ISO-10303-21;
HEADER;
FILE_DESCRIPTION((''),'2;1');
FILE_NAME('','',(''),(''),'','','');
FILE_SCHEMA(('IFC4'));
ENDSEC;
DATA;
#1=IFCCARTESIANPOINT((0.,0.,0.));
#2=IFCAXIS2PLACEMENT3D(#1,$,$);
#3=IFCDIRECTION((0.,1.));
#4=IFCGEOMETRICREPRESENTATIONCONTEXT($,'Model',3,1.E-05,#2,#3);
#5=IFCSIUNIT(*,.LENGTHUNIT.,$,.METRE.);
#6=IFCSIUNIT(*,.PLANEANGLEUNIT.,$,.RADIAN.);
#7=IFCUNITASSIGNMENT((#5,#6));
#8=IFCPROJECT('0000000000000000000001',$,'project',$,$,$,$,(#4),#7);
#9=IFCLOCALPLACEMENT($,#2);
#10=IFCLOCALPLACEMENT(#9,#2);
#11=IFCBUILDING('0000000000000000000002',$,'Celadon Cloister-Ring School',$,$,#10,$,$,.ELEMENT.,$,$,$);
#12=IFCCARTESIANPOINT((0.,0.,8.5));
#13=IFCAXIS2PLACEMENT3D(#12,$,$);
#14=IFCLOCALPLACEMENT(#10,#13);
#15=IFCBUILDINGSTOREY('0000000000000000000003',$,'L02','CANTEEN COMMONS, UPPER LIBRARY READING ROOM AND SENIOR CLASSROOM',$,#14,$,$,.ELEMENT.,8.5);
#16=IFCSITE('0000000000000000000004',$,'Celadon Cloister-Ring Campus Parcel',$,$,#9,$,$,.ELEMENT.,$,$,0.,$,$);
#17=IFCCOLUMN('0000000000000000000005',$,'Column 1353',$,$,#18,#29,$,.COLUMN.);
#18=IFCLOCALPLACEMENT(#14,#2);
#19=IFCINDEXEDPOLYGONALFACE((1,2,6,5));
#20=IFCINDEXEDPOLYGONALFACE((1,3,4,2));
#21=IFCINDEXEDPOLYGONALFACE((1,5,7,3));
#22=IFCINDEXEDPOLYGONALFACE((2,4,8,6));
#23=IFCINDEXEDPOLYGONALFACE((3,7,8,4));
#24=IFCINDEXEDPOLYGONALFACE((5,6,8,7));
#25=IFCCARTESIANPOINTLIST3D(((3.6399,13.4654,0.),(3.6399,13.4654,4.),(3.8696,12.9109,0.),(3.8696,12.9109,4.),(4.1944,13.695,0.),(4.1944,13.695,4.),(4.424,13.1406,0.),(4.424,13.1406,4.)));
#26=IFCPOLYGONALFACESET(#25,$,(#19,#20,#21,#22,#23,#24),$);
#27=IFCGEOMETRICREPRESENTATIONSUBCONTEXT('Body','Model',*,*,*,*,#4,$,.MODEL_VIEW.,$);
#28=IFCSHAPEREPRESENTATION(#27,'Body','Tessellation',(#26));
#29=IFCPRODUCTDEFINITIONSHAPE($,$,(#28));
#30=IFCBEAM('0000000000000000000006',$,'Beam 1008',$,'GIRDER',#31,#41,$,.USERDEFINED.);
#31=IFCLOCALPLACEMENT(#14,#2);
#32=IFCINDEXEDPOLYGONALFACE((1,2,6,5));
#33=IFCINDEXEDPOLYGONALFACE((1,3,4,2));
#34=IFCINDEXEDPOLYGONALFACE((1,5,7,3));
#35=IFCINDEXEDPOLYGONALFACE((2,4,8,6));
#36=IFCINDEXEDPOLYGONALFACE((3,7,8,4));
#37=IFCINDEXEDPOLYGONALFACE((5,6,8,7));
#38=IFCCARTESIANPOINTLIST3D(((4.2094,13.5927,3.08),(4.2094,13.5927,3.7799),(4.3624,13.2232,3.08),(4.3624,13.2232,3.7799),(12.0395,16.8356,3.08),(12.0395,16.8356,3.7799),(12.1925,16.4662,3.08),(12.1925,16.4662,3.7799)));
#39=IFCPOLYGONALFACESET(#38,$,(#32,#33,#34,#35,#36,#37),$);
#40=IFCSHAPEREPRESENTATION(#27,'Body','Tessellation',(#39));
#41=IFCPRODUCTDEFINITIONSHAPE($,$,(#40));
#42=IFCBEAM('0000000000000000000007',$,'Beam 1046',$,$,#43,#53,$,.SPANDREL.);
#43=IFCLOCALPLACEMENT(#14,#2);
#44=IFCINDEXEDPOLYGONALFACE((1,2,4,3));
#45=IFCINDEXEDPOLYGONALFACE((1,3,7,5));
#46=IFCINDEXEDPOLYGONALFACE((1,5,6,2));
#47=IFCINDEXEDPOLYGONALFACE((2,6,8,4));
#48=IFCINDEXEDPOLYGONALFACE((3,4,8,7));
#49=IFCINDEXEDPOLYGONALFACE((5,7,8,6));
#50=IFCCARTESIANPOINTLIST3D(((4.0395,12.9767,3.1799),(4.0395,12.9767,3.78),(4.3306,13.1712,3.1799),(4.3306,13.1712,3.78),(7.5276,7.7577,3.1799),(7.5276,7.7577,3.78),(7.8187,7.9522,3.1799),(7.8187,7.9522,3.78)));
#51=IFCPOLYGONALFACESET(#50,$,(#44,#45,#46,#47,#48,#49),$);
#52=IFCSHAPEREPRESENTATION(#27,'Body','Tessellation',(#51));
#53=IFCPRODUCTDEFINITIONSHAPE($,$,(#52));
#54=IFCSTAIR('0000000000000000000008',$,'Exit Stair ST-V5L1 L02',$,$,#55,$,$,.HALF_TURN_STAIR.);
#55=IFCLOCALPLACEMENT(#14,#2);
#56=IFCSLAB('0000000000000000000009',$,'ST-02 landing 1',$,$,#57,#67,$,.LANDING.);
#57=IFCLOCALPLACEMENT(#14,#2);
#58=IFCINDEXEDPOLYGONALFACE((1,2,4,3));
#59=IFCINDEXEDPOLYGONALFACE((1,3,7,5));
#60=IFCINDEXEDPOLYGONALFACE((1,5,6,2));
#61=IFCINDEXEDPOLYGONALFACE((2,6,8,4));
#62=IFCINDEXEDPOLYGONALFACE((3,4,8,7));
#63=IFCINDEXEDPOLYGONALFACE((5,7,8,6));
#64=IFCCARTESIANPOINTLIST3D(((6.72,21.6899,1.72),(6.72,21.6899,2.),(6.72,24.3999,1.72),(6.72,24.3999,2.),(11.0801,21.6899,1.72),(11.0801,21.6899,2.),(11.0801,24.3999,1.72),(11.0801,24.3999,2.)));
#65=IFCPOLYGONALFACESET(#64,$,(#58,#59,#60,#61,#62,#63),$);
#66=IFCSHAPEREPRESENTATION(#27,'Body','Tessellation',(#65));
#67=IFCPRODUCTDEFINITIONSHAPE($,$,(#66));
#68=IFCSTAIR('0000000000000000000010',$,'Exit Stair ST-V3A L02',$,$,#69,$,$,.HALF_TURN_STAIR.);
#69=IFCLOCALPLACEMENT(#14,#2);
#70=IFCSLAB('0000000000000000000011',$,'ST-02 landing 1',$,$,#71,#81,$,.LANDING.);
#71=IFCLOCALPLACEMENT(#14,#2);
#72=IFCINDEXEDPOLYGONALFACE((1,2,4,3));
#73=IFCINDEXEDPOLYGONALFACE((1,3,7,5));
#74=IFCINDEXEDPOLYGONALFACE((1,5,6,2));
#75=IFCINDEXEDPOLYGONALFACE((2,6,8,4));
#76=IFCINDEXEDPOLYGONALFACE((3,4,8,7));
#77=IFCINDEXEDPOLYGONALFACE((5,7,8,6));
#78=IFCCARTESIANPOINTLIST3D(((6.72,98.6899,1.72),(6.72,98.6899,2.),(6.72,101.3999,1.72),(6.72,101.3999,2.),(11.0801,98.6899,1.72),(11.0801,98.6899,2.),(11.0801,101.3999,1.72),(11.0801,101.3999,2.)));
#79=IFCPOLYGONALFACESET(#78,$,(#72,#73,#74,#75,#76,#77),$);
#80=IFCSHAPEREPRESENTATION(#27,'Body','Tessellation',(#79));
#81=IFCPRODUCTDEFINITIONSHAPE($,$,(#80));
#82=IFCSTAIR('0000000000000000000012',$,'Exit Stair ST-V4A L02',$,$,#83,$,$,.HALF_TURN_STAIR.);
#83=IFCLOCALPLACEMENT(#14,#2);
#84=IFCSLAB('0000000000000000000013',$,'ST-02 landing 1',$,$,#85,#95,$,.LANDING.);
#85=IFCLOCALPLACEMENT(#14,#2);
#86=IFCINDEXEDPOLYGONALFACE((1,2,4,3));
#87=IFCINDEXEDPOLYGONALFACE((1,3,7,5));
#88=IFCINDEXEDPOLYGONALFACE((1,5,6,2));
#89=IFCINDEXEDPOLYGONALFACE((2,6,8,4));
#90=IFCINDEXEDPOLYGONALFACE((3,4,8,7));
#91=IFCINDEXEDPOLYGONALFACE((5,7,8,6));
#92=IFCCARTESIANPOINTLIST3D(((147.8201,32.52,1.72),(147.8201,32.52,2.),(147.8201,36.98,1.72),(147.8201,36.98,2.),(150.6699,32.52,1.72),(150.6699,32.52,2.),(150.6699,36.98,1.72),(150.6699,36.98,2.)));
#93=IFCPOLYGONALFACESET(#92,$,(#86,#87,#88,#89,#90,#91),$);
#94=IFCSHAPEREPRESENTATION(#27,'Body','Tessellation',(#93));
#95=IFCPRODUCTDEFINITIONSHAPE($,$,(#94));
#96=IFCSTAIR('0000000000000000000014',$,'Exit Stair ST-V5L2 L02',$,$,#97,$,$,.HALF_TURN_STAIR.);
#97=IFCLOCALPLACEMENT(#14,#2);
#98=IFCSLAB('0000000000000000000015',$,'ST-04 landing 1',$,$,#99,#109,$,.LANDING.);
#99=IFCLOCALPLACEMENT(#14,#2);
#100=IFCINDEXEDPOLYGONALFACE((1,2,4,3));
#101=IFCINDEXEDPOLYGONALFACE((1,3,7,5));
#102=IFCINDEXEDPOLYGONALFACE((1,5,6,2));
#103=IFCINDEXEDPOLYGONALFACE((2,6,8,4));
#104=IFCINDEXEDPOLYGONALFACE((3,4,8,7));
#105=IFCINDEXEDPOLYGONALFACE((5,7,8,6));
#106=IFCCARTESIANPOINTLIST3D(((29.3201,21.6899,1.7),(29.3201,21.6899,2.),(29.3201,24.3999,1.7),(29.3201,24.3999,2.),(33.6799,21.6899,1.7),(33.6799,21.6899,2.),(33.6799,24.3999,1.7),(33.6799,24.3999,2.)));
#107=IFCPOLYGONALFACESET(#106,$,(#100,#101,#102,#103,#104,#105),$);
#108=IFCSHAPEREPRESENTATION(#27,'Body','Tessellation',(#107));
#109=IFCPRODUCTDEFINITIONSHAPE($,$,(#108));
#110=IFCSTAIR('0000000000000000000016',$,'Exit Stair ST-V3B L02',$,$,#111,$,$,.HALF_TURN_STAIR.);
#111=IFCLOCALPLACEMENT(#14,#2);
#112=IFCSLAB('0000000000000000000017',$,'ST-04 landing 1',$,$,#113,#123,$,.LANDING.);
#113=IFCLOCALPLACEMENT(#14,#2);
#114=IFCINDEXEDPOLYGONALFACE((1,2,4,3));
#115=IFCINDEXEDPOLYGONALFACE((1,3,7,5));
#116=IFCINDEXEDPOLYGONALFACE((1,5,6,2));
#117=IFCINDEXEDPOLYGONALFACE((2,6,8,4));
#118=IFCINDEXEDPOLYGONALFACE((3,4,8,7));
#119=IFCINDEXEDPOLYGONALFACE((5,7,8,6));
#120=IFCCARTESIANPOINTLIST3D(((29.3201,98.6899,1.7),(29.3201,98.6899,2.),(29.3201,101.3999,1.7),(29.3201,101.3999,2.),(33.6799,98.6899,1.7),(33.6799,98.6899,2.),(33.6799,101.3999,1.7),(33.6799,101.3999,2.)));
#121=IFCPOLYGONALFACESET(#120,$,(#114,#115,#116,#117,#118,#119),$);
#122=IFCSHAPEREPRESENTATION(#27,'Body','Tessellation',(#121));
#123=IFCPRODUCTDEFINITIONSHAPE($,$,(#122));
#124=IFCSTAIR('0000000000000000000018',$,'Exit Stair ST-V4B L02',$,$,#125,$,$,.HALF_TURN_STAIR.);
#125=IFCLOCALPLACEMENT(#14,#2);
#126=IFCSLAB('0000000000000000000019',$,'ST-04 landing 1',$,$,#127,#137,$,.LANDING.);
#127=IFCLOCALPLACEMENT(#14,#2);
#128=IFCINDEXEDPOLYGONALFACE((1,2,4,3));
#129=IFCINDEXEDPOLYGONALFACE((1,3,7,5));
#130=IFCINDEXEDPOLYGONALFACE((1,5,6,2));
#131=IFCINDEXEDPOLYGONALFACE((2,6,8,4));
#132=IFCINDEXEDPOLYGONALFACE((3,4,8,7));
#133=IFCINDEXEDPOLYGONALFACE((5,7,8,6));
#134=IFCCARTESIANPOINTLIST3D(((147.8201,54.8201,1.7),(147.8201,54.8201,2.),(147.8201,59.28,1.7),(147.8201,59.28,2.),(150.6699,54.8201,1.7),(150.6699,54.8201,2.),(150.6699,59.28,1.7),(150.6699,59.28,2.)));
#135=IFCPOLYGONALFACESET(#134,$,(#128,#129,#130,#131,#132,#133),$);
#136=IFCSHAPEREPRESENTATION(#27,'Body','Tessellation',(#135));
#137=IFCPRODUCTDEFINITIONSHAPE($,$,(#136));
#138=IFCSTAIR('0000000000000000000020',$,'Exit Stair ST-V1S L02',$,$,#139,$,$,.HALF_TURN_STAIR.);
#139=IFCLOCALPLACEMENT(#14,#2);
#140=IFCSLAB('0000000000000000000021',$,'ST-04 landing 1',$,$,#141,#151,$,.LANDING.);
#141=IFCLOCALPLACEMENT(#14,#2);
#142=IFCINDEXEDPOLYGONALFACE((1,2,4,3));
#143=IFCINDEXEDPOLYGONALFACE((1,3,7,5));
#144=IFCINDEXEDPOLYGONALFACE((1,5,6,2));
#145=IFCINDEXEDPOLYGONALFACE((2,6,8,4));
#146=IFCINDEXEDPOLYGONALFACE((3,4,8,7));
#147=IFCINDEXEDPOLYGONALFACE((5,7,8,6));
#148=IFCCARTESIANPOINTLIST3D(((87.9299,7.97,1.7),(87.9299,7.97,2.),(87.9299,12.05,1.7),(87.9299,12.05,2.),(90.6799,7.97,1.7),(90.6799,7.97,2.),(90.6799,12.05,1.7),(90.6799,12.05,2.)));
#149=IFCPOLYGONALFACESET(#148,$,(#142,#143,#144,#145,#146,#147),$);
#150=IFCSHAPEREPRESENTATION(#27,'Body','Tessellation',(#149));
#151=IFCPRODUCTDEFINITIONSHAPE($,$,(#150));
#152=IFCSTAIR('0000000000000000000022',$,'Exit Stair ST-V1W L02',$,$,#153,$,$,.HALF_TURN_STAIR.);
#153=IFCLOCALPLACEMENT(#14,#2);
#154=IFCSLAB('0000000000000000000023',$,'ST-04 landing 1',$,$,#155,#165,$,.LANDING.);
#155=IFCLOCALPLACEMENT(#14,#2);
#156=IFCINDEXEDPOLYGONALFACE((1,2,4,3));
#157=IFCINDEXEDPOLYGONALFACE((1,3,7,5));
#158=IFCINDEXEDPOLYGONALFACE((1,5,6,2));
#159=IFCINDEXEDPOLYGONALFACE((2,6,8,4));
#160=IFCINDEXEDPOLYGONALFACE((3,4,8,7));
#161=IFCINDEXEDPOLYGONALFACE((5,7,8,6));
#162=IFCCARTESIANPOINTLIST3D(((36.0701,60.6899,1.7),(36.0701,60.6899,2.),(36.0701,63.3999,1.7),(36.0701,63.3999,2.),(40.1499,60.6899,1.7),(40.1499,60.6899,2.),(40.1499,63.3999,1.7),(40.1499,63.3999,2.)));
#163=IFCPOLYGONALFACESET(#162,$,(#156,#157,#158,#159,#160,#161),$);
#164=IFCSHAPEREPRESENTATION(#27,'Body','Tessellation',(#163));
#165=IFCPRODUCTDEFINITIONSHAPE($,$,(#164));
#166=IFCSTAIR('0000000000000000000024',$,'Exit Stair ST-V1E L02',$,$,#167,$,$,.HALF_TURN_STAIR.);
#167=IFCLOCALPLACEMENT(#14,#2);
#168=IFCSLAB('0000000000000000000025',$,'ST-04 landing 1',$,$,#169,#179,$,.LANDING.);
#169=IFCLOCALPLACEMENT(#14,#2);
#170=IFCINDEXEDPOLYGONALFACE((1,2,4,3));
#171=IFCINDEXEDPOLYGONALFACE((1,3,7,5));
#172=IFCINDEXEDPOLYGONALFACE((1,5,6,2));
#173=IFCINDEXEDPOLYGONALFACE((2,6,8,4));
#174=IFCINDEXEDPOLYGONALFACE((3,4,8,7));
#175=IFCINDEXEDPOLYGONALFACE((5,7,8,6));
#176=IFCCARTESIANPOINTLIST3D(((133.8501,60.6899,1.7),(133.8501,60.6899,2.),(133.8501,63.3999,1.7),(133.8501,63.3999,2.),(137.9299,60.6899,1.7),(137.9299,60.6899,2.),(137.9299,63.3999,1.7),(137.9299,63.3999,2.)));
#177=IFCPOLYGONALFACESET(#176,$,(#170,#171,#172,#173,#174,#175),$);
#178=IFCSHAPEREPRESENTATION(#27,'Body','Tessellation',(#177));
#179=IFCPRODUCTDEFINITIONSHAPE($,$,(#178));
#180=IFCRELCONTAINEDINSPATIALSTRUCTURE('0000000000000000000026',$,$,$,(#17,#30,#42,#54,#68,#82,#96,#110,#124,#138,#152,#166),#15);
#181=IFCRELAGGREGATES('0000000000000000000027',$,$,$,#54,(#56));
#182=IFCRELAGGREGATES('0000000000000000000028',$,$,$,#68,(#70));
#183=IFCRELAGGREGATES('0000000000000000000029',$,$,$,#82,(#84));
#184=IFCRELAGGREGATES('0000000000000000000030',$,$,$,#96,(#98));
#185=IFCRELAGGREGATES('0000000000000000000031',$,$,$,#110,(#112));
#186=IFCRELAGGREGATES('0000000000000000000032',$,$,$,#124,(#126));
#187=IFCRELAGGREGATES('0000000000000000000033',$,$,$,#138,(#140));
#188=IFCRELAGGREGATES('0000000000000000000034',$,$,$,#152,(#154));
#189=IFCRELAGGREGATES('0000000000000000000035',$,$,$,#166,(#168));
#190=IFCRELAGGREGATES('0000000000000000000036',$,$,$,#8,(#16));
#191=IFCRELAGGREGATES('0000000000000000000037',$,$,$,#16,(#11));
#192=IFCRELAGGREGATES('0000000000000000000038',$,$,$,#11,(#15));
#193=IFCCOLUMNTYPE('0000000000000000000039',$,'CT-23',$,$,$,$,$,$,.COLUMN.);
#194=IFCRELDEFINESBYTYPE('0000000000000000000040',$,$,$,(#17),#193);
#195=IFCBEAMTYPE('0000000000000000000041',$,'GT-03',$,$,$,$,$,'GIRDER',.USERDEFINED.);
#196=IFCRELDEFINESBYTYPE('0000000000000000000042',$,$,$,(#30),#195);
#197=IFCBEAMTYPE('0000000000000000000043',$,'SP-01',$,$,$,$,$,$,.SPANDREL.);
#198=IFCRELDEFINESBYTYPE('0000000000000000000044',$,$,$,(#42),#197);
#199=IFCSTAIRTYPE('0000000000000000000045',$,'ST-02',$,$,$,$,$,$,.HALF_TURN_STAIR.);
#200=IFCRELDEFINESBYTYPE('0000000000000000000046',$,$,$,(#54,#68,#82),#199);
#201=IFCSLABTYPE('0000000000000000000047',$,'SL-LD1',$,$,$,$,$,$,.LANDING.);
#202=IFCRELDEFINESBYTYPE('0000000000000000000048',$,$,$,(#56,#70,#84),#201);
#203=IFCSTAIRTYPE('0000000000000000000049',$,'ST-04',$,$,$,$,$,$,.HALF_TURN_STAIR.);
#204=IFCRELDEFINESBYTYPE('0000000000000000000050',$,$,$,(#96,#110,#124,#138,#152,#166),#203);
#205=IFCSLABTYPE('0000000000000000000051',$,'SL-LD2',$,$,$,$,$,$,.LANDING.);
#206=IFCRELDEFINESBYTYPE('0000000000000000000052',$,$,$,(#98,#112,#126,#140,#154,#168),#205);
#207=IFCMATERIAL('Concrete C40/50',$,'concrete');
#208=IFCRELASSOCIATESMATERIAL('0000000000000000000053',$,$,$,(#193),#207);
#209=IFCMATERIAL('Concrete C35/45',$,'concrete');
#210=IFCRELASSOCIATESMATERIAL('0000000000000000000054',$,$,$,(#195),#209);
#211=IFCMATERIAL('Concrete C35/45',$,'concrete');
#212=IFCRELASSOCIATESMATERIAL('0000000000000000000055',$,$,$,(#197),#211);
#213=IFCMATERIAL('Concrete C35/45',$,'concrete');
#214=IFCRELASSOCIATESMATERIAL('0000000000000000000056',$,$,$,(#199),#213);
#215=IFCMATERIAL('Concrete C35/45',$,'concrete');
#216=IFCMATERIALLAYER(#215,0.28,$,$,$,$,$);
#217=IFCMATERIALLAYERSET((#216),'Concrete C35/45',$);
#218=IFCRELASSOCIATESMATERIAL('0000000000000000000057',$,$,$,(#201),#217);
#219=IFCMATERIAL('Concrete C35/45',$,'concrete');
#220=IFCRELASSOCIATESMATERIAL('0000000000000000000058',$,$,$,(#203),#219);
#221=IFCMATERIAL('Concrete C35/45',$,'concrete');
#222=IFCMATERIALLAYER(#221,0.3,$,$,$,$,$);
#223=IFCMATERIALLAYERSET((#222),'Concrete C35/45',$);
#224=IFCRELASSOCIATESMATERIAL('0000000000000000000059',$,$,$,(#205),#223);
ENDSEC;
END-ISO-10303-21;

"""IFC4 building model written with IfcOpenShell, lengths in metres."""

from ifc_helpers import new_model, si_unit, direction, frame, origin, origin_2d, place, context, subcontext, project, spatial, polyline, rectangle, outline, extrude, material, layer, layer_set, material_profile, profile_set, type_object, element, aggregate, save


model = new_model("IFC4")

# Units and contexts
model_context = context("Model", 3, precision=1e-05, world=origin(), true_north=direction((0.0, 1.0)))
body_context = subcontext(model_context, "Body", "Model", "MODEL_VIEW")
ifc_project = project(units=[si_unit("LENGTHUNIT", "METRE"), si_unit("PLANEANGLEUNIT", "RADIAN")], contexts=[model_context])

# Site, building, storey
site_placement = place(None, origin())
site = spatial("IfcSite", under=ifc_project, at=site_placement, Name="Celadon Cloister-Ring Campus Parcel", CompositionType="ELEMENT", RefElevation=0.0)
building_placement = place(site_placement, origin())
building = spatial("IfcBuilding", under=site, at=building_placement, Name="Celadon Cloister-Ring School", CompositionType="ELEMENT")
storey_placement = place(building_placement, frame((0.0, 0.0, 8.5)))
storey = spatial("IfcBuildingStorey", under=building, at=storey_placement, Name="L02", Description="CANTEEN COMMONS, UPPER LIBRARY READING ROOM AND SENIOR CLASSROOM", CompositionType="ELEMENT", Elevation=8.5)

# Column
ifc_material_1 = material(Name="Concrete C40/50", Category="concrete")
ifc_material_profile_1 = material_profile(ifc_material_1, rectangle(XDim=0.6001, YDim=0.6001, at=origin_2d()), Name="RC600X600")
ifc_profile_set_1 = profile_set([ifc_material_profile_1], Name="Concrete C40/50")
column_type = type_object("IfcColumnType", Name="CT-23", PredefinedType="COLUMN", material=ifc_profile_set_1)
column_placement = place(storey_placement, frame((4.032, 13.303, 0.0), z_axis=(0.0, 0.0, 1.0), x_axis=(-0.92388, -0.382683, 0.0)))
element("IfcColumn", 1, at=column_placement, inside=storey, type_object=column_type, Name="Column 1353", PredefinedType="COLUMN", context=body_context, shape_type="SweptSolid", body=[
    extrude(rectangle(XDim=0.6001, YDim=0.6001, at=origin_2d()), origin(), (0.0, 0.0, 1.0), 4.0),
])

# Beams
ifc_material_2 = material(Name="Concrete C35/45", Category="concrete")
ifc_material_profile_2 = material_profile(ifc_material_2, rectangle(XDim=0.3999, YDim=0.7, at=origin_2d()), Name="RC400X700")
ifc_profile_set_2 = profile_set([ifc_material_profile_2], Name="Concrete C35/45")
beam_type_1 = type_object("IfcBeamType", Name="GT-03", ElementType="GIRDER", PredefinedType="USERDEFINED", material=ifc_profile_set_2)
beam_1_placement = place(storey_placement, frame((4.2859, 13.408, 3.4299), z_axis=(0.923896, 0.382643, 0.0), x_axis=(-0.382643, 0.923896, 0.0)))
element("IfcBeam", 2, at=beam_1_placement, inside=storey, type_object=beam_type_1, Name="Beam 1008", ObjectType="GIRDER", PredefinedType="USERDEFINED", context=body_context, shape_type="SweptSolid", body=[
    extrude(rectangle(XDim=0.3999, YDim=0.7, at=origin_2d()), origin(), (0.0, 0.0, 1.0), 8.4751),
])
ifc_material_3 = material(Name="Concrete C35/45", Category="concrete")
ifc_material_profile_3 = material_profile(ifc_material_3, rectangle(XDim=0.3501, YDim=0.6001, at=origin_2d()), Name="RC350X600")
ifc_profile_set_3 = profile_set([ifc_material_profile_3], Name="Concrete C35/45")
beam_type_2 = type_object("IfcBeamType", Name="SP-01", PredefinedType="SPANDREL", material=ifc_profile_set_3)
beam_2_placement = place(storey_placement, frame((4.1851, 13.074, 3.48), z_axis=(0.55566, -0.83141, 0.0), x_axis=(0.83141, 0.55566, 0.0)))
element("IfcBeam", 3, at=beam_2_placement, inside=storey, type_object=beam_type_2, Name="Beam 1046", PredefinedType="SPANDREL", context=body_context, shape_type="SweptSolid", body=[
    extrude(rectangle(XDim=0.3501, YDim=0.6001, at=origin_2d()), origin(), (0.0, 0.0, 1.0), 6.2773),
])

# Stairs, slabs
ifc_material_4 = material(Name="Concrete C35/45", Category="concrete")
stair_type_1 = type_object("IfcStairType", Name="ST-02", PredefinedType="HALF_TURN_STAIR", material=ifc_material_4)
stair_1_placement = place(storey_placement, origin())
stair_1 = element("IfcStair", 4, at=stair_1_placement, inside=storey, type_object=stair_type_1, Name="Exit Stair ST-V5L1 L02", PredefinedType="HALF_TURN_STAIR")
ifc_material_5 = material(Name="Concrete C35/45", Category="concrete")
ifc_layer_1 = layer(ifc_material_5, 0.28)
ifc_layer_set_1 = layer_set([ifc_layer_1], Name="Concrete C35/45")
slab_type_1 = type_object("IfcSlabType", Name="SL-LD1", PredefinedType="LANDING", material=ifc_layer_set_1)
slab_1_placement = place(storey_placement, frame((0.0, 0.0, 1.72)))
slab_1 = element("IfcSlab", 5, at=slab_1_placement, type_object=slab_type_1, Name="ST-02 landing 1", PredefinedType="LANDING", context=body_context, shape_type="SweptSolid", body=[
    extrude(outline(polyline([(6.72, 21.6899), (11.0801, 21.6899), (11.0801, 24.3999), (6.72, 24.3999), (6.72, 21.6899)])), origin(), (0.0, 0.0, 1.0), 0.28),
])
aggregate(stair_1, [slab_1])
stair_2_placement = place(storey_placement, origin())
stair_2 = element("IfcStair", 6, at=stair_2_placement, inside=storey, type_object=stair_type_1, Name="Exit Stair ST-V3A L02", PredefinedType="HALF_TURN_STAIR")
slab_2_placement = place(storey_placement, frame((0.0, 0.0, 1.72)))
slab_2 = element("IfcSlab", 7, at=slab_2_placement, type_object=slab_type_1, Name="ST-02 landing 1", PredefinedType="LANDING", context=body_context, shape_type="SweptSolid", body=[
    extrude(outline(polyline([(6.72, 98.6899), (11.0801, 98.6899), (11.0801, 101.3999), (6.72, 101.3999), (6.72, 98.6899)])), origin(), (0.0, 0.0, 1.0), 0.28),
])
aggregate(stair_2, [slab_2])
stair_3_placement = place(storey_placement, origin())
stair_3 = element("IfcStair", 8, at=stair_3_placement, inside=storey, type_object=stair_type_1, Name="Exit Stair ST-V4A L02", PredefinedType="HALF_TURN_STAIR")
slab_3_placement = place(storey_placement, frame((0.0, 0.0, 1.72)))
slab_3 = element("IfcSlab", 9, at=slab_3_placement, type_object=slab_type_1, Name="ST-02 landing 1", PredefinedType="LANDING", context=body_context, shape_type="SweptSolid", body=[
    extrude(outline(polyline([(147.8201, 32.52), (150.6699, 32.52), (150.6699, 36.98), (147.8201, 36.98), (147.8201, 32.52)])), origin(), (0.0, 0.0, 1.0), 0.28),
])
aggregate(stair_3, [slab_3])
ifc_material_6 = material(Name="Concrete C35/45", Category="concrete")
stair_type_2 = type_object("IfcStairType", Name="ST-04", PredefinedType="HALF_TURN_STAIR", material=ifc_material_6)
stair_4_placement = place(storey_placement, origin())
stair_4 = element("IfcStair", 10, at=stair_4_placement, inside=storey, type_object=stair_type_2, Name="Exit Stair ST-V5L2 L02", PredefinedType="HALF_TURN_STAIR")
ifc_material_7 = material(Name="Concrete C35/45", Category="concrete")
ifc_layer_2 = layer(ifc_material_7, 0.3)
ifc_layer_set_2 = layer_set([ifc_layer_2], Name="Concrete C35/45")
slab_type_2 = type_object("IfcSlabType", Name="SL-LD2", PredefinedType="LANDING", material=ifc_layer_set_2)
slab_4_placement = place(storey_placement, frame((0.0, 0.0, 1.7)))
slab_4 = element("IfcSlab", 11, at=slab_4_placement, type_object=slab_type_2, Name="ST-04 landing 1", PredefinedType="LANDING", context=body_context, shape_type="SweptSolid", body=[
    extrude(outline(polyline([(29.3201, 21.6899), (33.6799, 21.6899), (33.6799, 24.3999), (29.3201, 24.3999), (29.3201, 21.6899)])), origin(), (0.0, 0.0, 1.0), 0.3),
])
aggregate(stair_4, [slab_4])
stair_5_placement = place(storey_placement, origin())
stair_5 = element("IfcStair", 12, at=stair_5_placement, inside=storey, type_object=stair_type_2, Name="Exit Stair ST-V3B L02", PredefinedType="HALF_TURN_STAIR")
slab_5_placement = place(storey_placement, frame((0.0, 0.0, 1.7)))
slab_5 = element("IfcSlab", 13, at=slab_5_placement, type_object=slab_type_2, Name="ST-04 landing 1", PredefinedType="LANDING", context=body_context, shape_type="SweptSolid", body=[
    extrude(outline(polyline([(29.3201, 98.6899), (33.6799, 98.6899), (33.6799, 101.3999), (29.3201, 101.3999), (29.3201, 98.6899)])), origin(), (0.0, 0.0, 1.0), 0.3),
])
aggregate(stair_5, [slab_5])
stair_6_placement = place(storey_placement, origin())
stair_6 = element("IfcStair", 14, at=stair_6_placement, inside=storey, type_object=stair_type_2, Name="Exit Stair ST-V4B L02", PredefinedType="HALF_TURN_STAIR")
slab_6_placement = place(storey_placement, frame((0.0, 0.0, 1.7)))
slab_6 = element("IfcSlab", 15, at=slab_6_placement, type_object=slab_type_2, Name="ST-04 landing 1", PredefinedType="LANDING", context=body_context, shape_type="SweptSolid", body=[
    extrude(outline(polyline([(147.8201, 54.8201), (150.6699, 54.8201), (150.6699, 59.28), (147.8201, 59.28), (147.8201, 54.8201)])), origin(), (0.0, 0.0, 1.0), 0.3),
])
aggregate(stair_6, [slab_6])
stair_7_placement = place(storey_placement, origin())
stair_7 = element("IfcStair", 16, at=stair_7_placement, inside=storey, type_object=stair_type_2, Name="Exit Stair ST-V1S L02", PredefinedType="HALF_TURN_STAIR")
slab_7_placement = place(storey_placement, frame((0.0, 0.0, 1.7)))
slab_7 = element("IfcSlab", 17, at=slab_7_placement, type_object=slab_type_2, Name="ST-04 landing 1", PredefinedType="LANDING", context=body_context, shape_type="SweptSolid", body=[
    extrude(outline(polyline([(87.9299, 7.97), (90.6799, 7.97), (90.6799, 12.05), (87.9299, 12.05), (87.9299, 7.97)])), origin(), (0.0, 0.0, 1.0), 0.3),
])
aggregate(stair_7, [slab_7])
stair_8_placement = place(storey_placement, origin())
stair_8 = element("IfcStair", 18, at=stair_8_placement, inside=storey, type_object=stair_type_2, Name="Exit Stair ST-V1W L02", PredefinedType="HALF_TURN_STAIR")
slab_8_placement = place(storey_placement, frame((0.0, 0.0, 1.7)))
slab_8 = element("IfcSlab", 19, at=slab_8_placement, type_object=slab_type_2, Name="ST-04 landing 1", PredefinedType="LANDING", context=body_context, shape_type="SweptSolid", body=[
    extrude(outline(polyline([(36.0701, 60.6899), (40.1499, 60.6899), (40.1499, 63.3999), (36.0701, 63.3999), (36.0701, 60.6899)])), origin(), (0.0, 0.0, 1.0), 0.3),
])
aggregate(stair_8, [slab_8])
stair_9_placement = place(storey_placement, origin())
stair_9 = element("IfcStair", 20, at=stair_9_placement, inside=storey, type_object=stair_type_2, Name="Exit Stair ST-V1E L02", PredefinedType="HALF_TURN_STAIR")
slab_9_placement = place(storey_placement, frame((0.0, 0.0, 1.7)))
slab_9 = element("IfcSlab", 21, at=slab_9_placement, type_object=slab_type_2, Name="ST-04 landing 1", PredefinedType="LANDING", context=body_context, shape_type="SweptSolid", body=[
    extrude(outline(polyline([(133.8501, 60.6899), (137.9299, 60.6899), (137.9299, 63.3999), (133.8501, 63.3999), (133.8501, 60.6899)])), origin(), (0.0, 0.0, 1.0), 0.3),
])
aggregate(stair_9, [slab_9])

save(model, "model.ifc")
